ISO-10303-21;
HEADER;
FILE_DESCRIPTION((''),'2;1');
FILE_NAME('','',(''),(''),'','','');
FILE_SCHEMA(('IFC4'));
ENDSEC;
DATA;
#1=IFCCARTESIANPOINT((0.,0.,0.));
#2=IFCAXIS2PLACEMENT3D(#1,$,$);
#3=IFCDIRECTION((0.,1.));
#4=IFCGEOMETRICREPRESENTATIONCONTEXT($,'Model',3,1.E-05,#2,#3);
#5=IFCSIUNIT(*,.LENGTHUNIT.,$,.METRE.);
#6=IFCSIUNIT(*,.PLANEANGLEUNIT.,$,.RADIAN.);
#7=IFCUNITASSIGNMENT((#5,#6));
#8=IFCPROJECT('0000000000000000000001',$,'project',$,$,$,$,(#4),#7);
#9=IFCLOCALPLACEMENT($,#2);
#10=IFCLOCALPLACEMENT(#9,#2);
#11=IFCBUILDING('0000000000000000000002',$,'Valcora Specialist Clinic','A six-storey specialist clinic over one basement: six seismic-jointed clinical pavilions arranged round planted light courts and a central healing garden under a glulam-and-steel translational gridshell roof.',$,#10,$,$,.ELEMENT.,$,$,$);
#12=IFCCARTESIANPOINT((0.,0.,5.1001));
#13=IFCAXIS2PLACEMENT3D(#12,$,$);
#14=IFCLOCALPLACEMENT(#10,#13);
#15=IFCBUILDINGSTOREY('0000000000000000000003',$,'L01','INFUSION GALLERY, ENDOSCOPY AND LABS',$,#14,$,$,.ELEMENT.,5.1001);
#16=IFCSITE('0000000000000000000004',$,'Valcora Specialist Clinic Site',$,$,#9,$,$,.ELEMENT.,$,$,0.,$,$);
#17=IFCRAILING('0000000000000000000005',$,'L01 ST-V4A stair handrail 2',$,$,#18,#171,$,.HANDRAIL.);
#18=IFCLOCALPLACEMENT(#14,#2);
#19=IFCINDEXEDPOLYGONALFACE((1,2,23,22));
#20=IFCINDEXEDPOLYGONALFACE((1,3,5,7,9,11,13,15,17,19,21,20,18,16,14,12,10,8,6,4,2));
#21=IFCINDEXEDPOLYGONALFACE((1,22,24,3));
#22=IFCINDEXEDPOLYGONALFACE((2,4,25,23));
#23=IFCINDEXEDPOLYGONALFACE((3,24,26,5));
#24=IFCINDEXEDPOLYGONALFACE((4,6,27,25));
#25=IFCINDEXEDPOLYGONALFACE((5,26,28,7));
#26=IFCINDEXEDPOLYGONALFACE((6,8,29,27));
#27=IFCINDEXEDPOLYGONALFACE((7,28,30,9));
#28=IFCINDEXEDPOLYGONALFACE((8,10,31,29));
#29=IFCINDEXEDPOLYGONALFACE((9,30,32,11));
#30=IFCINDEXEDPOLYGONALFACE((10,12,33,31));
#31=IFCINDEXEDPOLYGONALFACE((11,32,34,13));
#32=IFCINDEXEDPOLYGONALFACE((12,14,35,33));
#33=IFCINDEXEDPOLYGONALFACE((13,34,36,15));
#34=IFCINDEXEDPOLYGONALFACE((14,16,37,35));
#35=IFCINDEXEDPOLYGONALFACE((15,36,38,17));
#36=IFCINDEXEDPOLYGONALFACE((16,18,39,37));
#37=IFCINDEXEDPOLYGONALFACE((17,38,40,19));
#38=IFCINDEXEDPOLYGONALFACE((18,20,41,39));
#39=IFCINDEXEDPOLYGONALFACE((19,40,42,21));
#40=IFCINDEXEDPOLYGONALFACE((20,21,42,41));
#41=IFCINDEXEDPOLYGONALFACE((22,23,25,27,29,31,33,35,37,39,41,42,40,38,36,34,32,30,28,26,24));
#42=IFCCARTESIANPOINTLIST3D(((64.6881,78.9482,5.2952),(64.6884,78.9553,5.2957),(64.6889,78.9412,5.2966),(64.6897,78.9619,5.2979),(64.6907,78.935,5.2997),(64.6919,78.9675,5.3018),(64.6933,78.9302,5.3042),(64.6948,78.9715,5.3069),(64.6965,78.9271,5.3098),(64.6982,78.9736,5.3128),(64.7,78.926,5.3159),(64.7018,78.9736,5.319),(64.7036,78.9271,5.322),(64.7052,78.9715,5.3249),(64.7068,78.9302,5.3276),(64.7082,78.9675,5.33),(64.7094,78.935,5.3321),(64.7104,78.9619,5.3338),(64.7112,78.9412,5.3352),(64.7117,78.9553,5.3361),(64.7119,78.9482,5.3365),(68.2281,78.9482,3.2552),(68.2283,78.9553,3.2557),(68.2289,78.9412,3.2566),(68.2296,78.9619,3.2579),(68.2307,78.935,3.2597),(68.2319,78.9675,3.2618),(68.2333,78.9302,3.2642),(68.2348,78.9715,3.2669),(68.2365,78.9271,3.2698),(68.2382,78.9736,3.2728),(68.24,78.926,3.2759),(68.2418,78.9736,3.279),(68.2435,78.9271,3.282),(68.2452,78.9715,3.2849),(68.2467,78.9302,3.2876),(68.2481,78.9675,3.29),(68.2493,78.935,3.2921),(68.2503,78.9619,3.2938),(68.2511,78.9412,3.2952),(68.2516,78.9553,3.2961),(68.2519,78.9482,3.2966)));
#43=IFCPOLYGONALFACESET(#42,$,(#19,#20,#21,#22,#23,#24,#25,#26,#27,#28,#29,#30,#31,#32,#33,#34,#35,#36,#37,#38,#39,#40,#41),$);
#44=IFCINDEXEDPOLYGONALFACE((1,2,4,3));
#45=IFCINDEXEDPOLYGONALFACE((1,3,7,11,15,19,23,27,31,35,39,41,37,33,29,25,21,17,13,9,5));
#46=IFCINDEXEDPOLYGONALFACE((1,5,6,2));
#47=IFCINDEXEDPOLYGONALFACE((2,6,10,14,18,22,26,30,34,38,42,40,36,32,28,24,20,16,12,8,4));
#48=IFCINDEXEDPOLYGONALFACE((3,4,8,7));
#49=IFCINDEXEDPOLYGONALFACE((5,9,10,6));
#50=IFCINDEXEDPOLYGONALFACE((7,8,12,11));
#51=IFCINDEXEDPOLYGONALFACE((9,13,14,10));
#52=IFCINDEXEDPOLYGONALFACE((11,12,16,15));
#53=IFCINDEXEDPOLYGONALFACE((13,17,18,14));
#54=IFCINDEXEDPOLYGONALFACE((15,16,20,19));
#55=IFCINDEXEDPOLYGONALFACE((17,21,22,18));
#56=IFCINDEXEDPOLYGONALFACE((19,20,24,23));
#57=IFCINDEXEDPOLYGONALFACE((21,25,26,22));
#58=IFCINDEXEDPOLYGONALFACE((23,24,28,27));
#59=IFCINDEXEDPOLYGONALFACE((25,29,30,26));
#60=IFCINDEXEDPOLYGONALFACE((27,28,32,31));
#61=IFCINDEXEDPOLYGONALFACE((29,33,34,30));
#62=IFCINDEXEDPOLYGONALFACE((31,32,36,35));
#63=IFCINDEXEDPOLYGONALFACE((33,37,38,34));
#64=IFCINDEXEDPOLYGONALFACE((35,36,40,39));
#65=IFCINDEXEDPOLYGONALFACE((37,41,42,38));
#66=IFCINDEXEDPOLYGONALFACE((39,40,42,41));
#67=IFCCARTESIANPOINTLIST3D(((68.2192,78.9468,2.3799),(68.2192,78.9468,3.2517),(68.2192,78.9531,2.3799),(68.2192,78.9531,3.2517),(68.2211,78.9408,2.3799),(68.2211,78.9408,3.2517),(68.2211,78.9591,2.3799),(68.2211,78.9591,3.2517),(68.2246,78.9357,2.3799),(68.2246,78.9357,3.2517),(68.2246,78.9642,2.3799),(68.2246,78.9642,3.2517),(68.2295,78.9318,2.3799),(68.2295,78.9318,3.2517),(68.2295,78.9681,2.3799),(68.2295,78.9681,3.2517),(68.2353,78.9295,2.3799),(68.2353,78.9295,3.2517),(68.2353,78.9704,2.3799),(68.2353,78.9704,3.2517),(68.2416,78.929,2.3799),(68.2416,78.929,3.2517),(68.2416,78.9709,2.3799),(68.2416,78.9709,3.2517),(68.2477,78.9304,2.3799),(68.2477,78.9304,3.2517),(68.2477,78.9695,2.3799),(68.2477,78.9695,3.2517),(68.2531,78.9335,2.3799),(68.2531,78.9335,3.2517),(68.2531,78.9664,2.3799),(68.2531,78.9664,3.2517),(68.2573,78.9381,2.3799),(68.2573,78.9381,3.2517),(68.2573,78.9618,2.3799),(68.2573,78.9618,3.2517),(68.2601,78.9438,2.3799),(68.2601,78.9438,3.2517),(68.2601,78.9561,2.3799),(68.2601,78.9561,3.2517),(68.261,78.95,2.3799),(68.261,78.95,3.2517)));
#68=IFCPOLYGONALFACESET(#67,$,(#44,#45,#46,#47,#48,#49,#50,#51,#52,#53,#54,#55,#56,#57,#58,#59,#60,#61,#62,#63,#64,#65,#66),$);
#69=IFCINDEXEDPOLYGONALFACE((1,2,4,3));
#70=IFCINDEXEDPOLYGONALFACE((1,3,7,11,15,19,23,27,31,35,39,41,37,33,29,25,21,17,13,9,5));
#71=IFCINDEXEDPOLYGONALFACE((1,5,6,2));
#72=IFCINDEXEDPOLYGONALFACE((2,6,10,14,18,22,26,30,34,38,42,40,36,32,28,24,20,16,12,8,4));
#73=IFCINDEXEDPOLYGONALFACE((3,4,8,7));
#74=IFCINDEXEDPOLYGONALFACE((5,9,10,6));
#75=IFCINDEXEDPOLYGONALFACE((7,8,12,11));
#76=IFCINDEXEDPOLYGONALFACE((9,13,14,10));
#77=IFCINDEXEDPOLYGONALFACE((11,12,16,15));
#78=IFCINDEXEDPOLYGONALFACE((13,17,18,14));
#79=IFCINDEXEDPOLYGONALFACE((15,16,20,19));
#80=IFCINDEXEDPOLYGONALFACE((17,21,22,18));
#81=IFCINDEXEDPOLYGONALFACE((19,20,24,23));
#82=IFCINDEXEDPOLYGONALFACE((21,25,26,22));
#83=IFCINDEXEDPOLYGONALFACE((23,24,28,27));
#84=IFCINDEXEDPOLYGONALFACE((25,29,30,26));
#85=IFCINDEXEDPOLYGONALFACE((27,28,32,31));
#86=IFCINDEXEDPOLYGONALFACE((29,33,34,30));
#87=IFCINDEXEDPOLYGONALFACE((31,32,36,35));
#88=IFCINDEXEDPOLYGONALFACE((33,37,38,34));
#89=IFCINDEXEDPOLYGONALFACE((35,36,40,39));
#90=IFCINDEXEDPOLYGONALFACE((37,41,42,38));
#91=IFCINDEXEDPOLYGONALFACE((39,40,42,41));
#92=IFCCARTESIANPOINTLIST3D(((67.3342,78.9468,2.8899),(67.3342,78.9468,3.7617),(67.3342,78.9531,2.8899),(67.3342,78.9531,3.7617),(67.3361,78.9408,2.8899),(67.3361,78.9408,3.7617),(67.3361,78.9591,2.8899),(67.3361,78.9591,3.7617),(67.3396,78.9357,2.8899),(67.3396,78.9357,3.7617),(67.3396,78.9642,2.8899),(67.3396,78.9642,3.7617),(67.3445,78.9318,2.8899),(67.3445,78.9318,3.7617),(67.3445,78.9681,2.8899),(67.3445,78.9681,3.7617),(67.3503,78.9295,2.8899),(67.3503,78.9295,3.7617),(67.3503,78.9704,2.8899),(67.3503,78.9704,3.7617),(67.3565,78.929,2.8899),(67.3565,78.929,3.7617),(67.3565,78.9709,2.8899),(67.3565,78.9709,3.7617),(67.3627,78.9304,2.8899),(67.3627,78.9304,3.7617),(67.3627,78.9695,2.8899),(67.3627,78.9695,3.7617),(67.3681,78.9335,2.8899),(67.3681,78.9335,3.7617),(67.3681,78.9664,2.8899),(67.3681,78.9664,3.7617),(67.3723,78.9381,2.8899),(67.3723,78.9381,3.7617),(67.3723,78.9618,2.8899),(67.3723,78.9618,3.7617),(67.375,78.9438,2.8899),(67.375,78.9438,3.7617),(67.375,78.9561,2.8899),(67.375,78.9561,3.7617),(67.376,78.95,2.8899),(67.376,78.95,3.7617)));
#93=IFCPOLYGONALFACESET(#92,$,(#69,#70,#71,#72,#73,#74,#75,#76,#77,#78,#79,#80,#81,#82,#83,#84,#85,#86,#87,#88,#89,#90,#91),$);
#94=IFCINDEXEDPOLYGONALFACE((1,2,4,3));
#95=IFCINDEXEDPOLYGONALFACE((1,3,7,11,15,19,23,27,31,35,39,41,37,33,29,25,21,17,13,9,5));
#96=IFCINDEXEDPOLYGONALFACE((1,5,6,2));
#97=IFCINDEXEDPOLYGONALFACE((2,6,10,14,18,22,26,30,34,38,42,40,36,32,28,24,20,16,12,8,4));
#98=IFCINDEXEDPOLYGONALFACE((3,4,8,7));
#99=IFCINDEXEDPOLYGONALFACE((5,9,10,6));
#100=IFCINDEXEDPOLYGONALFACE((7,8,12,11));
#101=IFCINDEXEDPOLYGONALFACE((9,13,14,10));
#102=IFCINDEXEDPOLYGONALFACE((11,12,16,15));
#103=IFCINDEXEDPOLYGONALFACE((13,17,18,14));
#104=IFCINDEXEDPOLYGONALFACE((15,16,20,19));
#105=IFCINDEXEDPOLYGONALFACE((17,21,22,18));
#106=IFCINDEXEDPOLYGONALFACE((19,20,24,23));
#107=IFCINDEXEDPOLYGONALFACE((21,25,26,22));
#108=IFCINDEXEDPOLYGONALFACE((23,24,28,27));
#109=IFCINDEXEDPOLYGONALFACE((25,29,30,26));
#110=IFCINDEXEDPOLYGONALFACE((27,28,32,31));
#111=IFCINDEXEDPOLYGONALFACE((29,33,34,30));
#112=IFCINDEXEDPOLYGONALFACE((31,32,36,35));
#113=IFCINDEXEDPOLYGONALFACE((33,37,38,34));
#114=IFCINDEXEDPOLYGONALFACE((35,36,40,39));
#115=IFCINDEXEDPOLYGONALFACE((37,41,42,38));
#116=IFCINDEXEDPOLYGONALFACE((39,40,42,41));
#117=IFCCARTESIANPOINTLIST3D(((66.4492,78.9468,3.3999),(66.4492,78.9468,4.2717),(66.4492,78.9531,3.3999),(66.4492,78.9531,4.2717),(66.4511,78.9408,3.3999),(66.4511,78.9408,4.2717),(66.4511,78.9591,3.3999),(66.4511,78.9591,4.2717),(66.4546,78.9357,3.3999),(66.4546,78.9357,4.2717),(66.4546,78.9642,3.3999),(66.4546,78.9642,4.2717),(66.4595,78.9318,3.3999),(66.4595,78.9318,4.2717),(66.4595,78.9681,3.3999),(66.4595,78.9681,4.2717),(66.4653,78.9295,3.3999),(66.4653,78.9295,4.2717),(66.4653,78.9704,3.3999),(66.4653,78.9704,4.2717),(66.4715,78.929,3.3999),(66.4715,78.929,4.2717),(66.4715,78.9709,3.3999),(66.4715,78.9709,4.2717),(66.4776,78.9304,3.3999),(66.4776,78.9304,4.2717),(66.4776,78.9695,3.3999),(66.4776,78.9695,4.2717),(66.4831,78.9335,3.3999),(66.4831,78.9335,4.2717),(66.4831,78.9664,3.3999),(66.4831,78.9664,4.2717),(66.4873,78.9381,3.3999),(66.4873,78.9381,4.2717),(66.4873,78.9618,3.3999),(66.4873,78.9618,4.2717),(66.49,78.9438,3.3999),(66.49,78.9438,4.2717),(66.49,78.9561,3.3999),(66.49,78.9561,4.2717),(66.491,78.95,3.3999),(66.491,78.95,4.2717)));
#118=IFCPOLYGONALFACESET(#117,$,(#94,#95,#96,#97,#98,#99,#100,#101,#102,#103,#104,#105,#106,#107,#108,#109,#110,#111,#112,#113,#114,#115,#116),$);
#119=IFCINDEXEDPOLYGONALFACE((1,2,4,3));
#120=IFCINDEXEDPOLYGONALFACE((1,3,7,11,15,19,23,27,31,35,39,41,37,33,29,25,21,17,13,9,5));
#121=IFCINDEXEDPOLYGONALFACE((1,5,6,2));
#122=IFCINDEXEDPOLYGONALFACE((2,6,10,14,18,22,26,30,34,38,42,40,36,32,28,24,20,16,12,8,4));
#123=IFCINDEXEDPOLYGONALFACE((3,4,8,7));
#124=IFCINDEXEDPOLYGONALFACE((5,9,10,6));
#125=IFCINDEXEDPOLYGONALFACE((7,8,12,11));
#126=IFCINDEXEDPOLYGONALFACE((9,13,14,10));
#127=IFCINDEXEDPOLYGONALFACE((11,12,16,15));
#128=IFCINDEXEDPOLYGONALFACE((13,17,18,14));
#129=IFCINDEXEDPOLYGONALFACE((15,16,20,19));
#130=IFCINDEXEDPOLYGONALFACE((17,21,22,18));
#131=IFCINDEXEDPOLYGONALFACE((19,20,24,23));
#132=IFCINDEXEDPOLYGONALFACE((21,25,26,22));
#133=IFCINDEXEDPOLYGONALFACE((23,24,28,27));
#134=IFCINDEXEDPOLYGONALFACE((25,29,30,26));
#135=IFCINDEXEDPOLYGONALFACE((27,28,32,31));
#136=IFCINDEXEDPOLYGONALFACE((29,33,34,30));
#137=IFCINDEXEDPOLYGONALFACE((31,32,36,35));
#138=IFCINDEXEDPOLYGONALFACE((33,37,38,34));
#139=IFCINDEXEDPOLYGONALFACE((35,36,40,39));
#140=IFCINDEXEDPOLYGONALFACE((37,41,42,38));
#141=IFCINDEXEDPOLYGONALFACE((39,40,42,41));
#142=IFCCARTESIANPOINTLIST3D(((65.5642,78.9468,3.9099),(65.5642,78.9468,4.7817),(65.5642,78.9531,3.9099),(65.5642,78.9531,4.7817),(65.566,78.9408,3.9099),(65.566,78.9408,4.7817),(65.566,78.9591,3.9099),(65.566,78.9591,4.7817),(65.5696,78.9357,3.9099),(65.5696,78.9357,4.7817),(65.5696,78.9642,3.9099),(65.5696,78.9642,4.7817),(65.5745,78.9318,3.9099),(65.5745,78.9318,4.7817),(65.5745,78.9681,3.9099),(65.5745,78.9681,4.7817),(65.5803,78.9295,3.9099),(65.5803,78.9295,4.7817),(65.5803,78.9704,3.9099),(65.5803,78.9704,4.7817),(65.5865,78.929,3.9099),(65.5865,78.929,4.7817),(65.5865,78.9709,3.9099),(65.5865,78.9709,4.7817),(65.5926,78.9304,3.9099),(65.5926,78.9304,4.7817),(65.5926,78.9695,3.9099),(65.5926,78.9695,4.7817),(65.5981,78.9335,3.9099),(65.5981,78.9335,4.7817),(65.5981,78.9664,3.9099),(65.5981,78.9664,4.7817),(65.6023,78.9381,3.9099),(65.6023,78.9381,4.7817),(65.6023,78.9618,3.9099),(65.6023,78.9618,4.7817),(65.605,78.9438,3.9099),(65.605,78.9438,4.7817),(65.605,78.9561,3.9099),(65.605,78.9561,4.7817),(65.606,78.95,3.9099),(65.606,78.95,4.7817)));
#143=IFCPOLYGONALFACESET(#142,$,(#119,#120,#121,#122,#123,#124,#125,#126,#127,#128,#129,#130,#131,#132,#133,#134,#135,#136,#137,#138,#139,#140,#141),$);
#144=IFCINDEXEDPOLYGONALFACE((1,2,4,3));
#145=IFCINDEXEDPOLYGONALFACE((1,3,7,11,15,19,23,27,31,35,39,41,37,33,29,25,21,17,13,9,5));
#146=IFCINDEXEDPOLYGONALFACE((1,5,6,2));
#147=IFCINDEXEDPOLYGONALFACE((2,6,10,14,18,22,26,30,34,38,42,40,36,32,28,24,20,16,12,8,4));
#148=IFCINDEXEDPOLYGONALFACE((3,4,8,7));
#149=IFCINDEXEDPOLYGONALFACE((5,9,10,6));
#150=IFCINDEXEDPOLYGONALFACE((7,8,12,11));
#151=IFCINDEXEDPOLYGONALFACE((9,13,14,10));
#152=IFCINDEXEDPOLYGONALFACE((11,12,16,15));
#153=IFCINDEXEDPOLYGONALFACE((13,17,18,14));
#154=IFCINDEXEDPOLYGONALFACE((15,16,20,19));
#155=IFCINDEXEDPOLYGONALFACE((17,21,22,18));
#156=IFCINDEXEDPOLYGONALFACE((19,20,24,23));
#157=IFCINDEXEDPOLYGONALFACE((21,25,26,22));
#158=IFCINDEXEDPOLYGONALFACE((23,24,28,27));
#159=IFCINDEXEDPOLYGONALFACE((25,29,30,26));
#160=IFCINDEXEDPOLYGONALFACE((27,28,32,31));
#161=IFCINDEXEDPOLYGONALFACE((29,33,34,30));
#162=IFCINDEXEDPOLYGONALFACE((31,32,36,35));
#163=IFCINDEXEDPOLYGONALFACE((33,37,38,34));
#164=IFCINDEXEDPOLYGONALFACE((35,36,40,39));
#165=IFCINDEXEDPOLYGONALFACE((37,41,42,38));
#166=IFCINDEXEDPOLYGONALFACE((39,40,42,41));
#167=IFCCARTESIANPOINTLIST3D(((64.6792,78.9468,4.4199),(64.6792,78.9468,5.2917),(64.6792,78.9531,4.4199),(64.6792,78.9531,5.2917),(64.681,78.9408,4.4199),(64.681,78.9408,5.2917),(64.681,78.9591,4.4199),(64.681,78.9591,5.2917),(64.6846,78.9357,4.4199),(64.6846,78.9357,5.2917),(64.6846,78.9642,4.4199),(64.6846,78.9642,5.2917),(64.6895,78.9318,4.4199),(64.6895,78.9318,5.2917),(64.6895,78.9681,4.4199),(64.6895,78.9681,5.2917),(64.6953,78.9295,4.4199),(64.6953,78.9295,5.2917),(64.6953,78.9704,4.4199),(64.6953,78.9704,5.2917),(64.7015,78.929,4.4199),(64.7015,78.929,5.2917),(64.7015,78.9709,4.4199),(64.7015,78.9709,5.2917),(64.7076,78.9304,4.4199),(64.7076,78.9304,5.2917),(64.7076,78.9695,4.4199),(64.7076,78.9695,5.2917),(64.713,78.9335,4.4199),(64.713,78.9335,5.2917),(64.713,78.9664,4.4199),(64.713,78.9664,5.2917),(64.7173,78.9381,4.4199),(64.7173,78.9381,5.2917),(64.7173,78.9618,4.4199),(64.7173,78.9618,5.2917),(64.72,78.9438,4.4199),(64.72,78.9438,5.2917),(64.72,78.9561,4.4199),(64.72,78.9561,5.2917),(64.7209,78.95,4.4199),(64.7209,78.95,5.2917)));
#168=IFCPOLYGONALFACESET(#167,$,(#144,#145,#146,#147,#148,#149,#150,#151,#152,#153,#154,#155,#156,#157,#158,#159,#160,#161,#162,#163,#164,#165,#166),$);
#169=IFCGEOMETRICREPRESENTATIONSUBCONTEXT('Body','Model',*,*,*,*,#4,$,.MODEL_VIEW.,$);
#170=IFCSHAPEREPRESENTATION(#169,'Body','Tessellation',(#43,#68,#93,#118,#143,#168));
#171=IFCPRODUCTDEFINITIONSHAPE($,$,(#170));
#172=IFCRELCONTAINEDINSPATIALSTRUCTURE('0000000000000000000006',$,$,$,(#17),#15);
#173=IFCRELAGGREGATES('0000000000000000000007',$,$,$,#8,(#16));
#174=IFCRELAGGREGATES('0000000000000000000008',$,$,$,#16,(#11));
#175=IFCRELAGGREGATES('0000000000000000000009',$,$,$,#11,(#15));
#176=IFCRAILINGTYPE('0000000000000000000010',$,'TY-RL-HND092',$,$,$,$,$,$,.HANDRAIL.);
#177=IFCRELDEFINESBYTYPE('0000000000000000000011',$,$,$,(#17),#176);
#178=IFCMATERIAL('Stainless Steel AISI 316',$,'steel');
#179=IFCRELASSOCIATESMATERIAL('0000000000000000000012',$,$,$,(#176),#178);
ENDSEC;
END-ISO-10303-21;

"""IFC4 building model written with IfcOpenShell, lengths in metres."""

from ifc_helpers import new_model, si_unit, direction, frame, origin, origin_2d, place, context, subcontext, project, spatial, circle, extrude, material, type_object, element, save


model = new_model("IFC4")

# Units and contexts
model_context = context("Model", 3, precision=1e-05, world=origin(), true_north=direction((0.0, 1.0)))
body_context = subcontext(model_context, "Body", "Model", "MODEL_VIEW")
ifc_project = project(units=[si_unit("LENGTHUNIT", "METRE"), si_unit("PLANEANGLEUNIT", "RADIAN")], contexts=[model_context])

# Site, building, storey
site_placement = place(None, origin())
site = spatial("IfcSite", under=ifc_project, at=site_placement, Name="Valcora Specialist Clinic Site", CompositionType="ELEMENT", RefElevation=0.0)
building_placement = place(site_placement, origin())
building = spatial("IfcBuilding", under=site, at=building_placement, Name="Valcora Specialist Clinic", Description="A six-storey specialist clinic over one basement: six seismic-jointed clinical pavilions arranged round planted light courts and a central healing garden under a glulam-and-steel translational gridshell roof.", CompositionType="ELEMENT")
storey_placement = place(building_placement, frame((0.0, 0.0, 5.1001)))
storey = spatial("IfcBuildingStorey", under=building, at=storey_placement, Name="L01", Description="INFUSION GALLERY, ENDOSCOPY AND LABS", CompositionType="ELEMENT", Elevation=5.1001)

# Railing
ifc_material_1 = material(Name="Stainless Steel AISI 316", Category="steel")
railing_type_1 = type_object("IfcRailingType", Name="TY-RL-HND092", PredefinedType="HANDRAIL", material=ifc_material_1)
railing_1_placement = place(storey_placement, frame((68.24, 78.95, 2.3799)))
element("IfcRailing", 1, at=railing_1_placement, inside=storey, type_object=railing_type_1, Name="L01 ST-V4A stair handrail 2", PredefinedType="HANDRAIL", context=body_context, shape_type="SweptSolid", body=[
    extrude(circle(Radius=0.0239, at=origin_2d()), frame((0.0, 0.0, 0.896), z_axis=(-0.866428, 0.0, 0.499302), x_axis=(0.0, -1.0, 0.0)), (0.0, 0.0, 1.0), 4.0857),
    extrude(circle(Radius=0.021, at=origin_2d()), origin(), (0.0, 0.0, 1.0), 0.8718),
    extrude(circle(Radius=0.021, at=origin_2d()), frame((-0.885, 0.0, 0.51)), (0.0, 0.0, 1.0), 0.8718),
    extrude(circle(Radius=0.021, at=origin_2d()), frame((-1.77, 0.0, 1.02)), (0.0, 0.0, 1.0), 0.8718),
    extrude(circle(Radius=0.021, at=origin_2d()), frame((-2.655, 0.0, 1.53)), (0.0, 0.0, 1.0), 0.8718),
    extrude(circle(Radius=0.021, at=origin_2d()), frame((-3.54, 0.0, 2.04)), (0.0, 0.0, 1.0), 0.8718),
])

save(model, "model.ifc")
